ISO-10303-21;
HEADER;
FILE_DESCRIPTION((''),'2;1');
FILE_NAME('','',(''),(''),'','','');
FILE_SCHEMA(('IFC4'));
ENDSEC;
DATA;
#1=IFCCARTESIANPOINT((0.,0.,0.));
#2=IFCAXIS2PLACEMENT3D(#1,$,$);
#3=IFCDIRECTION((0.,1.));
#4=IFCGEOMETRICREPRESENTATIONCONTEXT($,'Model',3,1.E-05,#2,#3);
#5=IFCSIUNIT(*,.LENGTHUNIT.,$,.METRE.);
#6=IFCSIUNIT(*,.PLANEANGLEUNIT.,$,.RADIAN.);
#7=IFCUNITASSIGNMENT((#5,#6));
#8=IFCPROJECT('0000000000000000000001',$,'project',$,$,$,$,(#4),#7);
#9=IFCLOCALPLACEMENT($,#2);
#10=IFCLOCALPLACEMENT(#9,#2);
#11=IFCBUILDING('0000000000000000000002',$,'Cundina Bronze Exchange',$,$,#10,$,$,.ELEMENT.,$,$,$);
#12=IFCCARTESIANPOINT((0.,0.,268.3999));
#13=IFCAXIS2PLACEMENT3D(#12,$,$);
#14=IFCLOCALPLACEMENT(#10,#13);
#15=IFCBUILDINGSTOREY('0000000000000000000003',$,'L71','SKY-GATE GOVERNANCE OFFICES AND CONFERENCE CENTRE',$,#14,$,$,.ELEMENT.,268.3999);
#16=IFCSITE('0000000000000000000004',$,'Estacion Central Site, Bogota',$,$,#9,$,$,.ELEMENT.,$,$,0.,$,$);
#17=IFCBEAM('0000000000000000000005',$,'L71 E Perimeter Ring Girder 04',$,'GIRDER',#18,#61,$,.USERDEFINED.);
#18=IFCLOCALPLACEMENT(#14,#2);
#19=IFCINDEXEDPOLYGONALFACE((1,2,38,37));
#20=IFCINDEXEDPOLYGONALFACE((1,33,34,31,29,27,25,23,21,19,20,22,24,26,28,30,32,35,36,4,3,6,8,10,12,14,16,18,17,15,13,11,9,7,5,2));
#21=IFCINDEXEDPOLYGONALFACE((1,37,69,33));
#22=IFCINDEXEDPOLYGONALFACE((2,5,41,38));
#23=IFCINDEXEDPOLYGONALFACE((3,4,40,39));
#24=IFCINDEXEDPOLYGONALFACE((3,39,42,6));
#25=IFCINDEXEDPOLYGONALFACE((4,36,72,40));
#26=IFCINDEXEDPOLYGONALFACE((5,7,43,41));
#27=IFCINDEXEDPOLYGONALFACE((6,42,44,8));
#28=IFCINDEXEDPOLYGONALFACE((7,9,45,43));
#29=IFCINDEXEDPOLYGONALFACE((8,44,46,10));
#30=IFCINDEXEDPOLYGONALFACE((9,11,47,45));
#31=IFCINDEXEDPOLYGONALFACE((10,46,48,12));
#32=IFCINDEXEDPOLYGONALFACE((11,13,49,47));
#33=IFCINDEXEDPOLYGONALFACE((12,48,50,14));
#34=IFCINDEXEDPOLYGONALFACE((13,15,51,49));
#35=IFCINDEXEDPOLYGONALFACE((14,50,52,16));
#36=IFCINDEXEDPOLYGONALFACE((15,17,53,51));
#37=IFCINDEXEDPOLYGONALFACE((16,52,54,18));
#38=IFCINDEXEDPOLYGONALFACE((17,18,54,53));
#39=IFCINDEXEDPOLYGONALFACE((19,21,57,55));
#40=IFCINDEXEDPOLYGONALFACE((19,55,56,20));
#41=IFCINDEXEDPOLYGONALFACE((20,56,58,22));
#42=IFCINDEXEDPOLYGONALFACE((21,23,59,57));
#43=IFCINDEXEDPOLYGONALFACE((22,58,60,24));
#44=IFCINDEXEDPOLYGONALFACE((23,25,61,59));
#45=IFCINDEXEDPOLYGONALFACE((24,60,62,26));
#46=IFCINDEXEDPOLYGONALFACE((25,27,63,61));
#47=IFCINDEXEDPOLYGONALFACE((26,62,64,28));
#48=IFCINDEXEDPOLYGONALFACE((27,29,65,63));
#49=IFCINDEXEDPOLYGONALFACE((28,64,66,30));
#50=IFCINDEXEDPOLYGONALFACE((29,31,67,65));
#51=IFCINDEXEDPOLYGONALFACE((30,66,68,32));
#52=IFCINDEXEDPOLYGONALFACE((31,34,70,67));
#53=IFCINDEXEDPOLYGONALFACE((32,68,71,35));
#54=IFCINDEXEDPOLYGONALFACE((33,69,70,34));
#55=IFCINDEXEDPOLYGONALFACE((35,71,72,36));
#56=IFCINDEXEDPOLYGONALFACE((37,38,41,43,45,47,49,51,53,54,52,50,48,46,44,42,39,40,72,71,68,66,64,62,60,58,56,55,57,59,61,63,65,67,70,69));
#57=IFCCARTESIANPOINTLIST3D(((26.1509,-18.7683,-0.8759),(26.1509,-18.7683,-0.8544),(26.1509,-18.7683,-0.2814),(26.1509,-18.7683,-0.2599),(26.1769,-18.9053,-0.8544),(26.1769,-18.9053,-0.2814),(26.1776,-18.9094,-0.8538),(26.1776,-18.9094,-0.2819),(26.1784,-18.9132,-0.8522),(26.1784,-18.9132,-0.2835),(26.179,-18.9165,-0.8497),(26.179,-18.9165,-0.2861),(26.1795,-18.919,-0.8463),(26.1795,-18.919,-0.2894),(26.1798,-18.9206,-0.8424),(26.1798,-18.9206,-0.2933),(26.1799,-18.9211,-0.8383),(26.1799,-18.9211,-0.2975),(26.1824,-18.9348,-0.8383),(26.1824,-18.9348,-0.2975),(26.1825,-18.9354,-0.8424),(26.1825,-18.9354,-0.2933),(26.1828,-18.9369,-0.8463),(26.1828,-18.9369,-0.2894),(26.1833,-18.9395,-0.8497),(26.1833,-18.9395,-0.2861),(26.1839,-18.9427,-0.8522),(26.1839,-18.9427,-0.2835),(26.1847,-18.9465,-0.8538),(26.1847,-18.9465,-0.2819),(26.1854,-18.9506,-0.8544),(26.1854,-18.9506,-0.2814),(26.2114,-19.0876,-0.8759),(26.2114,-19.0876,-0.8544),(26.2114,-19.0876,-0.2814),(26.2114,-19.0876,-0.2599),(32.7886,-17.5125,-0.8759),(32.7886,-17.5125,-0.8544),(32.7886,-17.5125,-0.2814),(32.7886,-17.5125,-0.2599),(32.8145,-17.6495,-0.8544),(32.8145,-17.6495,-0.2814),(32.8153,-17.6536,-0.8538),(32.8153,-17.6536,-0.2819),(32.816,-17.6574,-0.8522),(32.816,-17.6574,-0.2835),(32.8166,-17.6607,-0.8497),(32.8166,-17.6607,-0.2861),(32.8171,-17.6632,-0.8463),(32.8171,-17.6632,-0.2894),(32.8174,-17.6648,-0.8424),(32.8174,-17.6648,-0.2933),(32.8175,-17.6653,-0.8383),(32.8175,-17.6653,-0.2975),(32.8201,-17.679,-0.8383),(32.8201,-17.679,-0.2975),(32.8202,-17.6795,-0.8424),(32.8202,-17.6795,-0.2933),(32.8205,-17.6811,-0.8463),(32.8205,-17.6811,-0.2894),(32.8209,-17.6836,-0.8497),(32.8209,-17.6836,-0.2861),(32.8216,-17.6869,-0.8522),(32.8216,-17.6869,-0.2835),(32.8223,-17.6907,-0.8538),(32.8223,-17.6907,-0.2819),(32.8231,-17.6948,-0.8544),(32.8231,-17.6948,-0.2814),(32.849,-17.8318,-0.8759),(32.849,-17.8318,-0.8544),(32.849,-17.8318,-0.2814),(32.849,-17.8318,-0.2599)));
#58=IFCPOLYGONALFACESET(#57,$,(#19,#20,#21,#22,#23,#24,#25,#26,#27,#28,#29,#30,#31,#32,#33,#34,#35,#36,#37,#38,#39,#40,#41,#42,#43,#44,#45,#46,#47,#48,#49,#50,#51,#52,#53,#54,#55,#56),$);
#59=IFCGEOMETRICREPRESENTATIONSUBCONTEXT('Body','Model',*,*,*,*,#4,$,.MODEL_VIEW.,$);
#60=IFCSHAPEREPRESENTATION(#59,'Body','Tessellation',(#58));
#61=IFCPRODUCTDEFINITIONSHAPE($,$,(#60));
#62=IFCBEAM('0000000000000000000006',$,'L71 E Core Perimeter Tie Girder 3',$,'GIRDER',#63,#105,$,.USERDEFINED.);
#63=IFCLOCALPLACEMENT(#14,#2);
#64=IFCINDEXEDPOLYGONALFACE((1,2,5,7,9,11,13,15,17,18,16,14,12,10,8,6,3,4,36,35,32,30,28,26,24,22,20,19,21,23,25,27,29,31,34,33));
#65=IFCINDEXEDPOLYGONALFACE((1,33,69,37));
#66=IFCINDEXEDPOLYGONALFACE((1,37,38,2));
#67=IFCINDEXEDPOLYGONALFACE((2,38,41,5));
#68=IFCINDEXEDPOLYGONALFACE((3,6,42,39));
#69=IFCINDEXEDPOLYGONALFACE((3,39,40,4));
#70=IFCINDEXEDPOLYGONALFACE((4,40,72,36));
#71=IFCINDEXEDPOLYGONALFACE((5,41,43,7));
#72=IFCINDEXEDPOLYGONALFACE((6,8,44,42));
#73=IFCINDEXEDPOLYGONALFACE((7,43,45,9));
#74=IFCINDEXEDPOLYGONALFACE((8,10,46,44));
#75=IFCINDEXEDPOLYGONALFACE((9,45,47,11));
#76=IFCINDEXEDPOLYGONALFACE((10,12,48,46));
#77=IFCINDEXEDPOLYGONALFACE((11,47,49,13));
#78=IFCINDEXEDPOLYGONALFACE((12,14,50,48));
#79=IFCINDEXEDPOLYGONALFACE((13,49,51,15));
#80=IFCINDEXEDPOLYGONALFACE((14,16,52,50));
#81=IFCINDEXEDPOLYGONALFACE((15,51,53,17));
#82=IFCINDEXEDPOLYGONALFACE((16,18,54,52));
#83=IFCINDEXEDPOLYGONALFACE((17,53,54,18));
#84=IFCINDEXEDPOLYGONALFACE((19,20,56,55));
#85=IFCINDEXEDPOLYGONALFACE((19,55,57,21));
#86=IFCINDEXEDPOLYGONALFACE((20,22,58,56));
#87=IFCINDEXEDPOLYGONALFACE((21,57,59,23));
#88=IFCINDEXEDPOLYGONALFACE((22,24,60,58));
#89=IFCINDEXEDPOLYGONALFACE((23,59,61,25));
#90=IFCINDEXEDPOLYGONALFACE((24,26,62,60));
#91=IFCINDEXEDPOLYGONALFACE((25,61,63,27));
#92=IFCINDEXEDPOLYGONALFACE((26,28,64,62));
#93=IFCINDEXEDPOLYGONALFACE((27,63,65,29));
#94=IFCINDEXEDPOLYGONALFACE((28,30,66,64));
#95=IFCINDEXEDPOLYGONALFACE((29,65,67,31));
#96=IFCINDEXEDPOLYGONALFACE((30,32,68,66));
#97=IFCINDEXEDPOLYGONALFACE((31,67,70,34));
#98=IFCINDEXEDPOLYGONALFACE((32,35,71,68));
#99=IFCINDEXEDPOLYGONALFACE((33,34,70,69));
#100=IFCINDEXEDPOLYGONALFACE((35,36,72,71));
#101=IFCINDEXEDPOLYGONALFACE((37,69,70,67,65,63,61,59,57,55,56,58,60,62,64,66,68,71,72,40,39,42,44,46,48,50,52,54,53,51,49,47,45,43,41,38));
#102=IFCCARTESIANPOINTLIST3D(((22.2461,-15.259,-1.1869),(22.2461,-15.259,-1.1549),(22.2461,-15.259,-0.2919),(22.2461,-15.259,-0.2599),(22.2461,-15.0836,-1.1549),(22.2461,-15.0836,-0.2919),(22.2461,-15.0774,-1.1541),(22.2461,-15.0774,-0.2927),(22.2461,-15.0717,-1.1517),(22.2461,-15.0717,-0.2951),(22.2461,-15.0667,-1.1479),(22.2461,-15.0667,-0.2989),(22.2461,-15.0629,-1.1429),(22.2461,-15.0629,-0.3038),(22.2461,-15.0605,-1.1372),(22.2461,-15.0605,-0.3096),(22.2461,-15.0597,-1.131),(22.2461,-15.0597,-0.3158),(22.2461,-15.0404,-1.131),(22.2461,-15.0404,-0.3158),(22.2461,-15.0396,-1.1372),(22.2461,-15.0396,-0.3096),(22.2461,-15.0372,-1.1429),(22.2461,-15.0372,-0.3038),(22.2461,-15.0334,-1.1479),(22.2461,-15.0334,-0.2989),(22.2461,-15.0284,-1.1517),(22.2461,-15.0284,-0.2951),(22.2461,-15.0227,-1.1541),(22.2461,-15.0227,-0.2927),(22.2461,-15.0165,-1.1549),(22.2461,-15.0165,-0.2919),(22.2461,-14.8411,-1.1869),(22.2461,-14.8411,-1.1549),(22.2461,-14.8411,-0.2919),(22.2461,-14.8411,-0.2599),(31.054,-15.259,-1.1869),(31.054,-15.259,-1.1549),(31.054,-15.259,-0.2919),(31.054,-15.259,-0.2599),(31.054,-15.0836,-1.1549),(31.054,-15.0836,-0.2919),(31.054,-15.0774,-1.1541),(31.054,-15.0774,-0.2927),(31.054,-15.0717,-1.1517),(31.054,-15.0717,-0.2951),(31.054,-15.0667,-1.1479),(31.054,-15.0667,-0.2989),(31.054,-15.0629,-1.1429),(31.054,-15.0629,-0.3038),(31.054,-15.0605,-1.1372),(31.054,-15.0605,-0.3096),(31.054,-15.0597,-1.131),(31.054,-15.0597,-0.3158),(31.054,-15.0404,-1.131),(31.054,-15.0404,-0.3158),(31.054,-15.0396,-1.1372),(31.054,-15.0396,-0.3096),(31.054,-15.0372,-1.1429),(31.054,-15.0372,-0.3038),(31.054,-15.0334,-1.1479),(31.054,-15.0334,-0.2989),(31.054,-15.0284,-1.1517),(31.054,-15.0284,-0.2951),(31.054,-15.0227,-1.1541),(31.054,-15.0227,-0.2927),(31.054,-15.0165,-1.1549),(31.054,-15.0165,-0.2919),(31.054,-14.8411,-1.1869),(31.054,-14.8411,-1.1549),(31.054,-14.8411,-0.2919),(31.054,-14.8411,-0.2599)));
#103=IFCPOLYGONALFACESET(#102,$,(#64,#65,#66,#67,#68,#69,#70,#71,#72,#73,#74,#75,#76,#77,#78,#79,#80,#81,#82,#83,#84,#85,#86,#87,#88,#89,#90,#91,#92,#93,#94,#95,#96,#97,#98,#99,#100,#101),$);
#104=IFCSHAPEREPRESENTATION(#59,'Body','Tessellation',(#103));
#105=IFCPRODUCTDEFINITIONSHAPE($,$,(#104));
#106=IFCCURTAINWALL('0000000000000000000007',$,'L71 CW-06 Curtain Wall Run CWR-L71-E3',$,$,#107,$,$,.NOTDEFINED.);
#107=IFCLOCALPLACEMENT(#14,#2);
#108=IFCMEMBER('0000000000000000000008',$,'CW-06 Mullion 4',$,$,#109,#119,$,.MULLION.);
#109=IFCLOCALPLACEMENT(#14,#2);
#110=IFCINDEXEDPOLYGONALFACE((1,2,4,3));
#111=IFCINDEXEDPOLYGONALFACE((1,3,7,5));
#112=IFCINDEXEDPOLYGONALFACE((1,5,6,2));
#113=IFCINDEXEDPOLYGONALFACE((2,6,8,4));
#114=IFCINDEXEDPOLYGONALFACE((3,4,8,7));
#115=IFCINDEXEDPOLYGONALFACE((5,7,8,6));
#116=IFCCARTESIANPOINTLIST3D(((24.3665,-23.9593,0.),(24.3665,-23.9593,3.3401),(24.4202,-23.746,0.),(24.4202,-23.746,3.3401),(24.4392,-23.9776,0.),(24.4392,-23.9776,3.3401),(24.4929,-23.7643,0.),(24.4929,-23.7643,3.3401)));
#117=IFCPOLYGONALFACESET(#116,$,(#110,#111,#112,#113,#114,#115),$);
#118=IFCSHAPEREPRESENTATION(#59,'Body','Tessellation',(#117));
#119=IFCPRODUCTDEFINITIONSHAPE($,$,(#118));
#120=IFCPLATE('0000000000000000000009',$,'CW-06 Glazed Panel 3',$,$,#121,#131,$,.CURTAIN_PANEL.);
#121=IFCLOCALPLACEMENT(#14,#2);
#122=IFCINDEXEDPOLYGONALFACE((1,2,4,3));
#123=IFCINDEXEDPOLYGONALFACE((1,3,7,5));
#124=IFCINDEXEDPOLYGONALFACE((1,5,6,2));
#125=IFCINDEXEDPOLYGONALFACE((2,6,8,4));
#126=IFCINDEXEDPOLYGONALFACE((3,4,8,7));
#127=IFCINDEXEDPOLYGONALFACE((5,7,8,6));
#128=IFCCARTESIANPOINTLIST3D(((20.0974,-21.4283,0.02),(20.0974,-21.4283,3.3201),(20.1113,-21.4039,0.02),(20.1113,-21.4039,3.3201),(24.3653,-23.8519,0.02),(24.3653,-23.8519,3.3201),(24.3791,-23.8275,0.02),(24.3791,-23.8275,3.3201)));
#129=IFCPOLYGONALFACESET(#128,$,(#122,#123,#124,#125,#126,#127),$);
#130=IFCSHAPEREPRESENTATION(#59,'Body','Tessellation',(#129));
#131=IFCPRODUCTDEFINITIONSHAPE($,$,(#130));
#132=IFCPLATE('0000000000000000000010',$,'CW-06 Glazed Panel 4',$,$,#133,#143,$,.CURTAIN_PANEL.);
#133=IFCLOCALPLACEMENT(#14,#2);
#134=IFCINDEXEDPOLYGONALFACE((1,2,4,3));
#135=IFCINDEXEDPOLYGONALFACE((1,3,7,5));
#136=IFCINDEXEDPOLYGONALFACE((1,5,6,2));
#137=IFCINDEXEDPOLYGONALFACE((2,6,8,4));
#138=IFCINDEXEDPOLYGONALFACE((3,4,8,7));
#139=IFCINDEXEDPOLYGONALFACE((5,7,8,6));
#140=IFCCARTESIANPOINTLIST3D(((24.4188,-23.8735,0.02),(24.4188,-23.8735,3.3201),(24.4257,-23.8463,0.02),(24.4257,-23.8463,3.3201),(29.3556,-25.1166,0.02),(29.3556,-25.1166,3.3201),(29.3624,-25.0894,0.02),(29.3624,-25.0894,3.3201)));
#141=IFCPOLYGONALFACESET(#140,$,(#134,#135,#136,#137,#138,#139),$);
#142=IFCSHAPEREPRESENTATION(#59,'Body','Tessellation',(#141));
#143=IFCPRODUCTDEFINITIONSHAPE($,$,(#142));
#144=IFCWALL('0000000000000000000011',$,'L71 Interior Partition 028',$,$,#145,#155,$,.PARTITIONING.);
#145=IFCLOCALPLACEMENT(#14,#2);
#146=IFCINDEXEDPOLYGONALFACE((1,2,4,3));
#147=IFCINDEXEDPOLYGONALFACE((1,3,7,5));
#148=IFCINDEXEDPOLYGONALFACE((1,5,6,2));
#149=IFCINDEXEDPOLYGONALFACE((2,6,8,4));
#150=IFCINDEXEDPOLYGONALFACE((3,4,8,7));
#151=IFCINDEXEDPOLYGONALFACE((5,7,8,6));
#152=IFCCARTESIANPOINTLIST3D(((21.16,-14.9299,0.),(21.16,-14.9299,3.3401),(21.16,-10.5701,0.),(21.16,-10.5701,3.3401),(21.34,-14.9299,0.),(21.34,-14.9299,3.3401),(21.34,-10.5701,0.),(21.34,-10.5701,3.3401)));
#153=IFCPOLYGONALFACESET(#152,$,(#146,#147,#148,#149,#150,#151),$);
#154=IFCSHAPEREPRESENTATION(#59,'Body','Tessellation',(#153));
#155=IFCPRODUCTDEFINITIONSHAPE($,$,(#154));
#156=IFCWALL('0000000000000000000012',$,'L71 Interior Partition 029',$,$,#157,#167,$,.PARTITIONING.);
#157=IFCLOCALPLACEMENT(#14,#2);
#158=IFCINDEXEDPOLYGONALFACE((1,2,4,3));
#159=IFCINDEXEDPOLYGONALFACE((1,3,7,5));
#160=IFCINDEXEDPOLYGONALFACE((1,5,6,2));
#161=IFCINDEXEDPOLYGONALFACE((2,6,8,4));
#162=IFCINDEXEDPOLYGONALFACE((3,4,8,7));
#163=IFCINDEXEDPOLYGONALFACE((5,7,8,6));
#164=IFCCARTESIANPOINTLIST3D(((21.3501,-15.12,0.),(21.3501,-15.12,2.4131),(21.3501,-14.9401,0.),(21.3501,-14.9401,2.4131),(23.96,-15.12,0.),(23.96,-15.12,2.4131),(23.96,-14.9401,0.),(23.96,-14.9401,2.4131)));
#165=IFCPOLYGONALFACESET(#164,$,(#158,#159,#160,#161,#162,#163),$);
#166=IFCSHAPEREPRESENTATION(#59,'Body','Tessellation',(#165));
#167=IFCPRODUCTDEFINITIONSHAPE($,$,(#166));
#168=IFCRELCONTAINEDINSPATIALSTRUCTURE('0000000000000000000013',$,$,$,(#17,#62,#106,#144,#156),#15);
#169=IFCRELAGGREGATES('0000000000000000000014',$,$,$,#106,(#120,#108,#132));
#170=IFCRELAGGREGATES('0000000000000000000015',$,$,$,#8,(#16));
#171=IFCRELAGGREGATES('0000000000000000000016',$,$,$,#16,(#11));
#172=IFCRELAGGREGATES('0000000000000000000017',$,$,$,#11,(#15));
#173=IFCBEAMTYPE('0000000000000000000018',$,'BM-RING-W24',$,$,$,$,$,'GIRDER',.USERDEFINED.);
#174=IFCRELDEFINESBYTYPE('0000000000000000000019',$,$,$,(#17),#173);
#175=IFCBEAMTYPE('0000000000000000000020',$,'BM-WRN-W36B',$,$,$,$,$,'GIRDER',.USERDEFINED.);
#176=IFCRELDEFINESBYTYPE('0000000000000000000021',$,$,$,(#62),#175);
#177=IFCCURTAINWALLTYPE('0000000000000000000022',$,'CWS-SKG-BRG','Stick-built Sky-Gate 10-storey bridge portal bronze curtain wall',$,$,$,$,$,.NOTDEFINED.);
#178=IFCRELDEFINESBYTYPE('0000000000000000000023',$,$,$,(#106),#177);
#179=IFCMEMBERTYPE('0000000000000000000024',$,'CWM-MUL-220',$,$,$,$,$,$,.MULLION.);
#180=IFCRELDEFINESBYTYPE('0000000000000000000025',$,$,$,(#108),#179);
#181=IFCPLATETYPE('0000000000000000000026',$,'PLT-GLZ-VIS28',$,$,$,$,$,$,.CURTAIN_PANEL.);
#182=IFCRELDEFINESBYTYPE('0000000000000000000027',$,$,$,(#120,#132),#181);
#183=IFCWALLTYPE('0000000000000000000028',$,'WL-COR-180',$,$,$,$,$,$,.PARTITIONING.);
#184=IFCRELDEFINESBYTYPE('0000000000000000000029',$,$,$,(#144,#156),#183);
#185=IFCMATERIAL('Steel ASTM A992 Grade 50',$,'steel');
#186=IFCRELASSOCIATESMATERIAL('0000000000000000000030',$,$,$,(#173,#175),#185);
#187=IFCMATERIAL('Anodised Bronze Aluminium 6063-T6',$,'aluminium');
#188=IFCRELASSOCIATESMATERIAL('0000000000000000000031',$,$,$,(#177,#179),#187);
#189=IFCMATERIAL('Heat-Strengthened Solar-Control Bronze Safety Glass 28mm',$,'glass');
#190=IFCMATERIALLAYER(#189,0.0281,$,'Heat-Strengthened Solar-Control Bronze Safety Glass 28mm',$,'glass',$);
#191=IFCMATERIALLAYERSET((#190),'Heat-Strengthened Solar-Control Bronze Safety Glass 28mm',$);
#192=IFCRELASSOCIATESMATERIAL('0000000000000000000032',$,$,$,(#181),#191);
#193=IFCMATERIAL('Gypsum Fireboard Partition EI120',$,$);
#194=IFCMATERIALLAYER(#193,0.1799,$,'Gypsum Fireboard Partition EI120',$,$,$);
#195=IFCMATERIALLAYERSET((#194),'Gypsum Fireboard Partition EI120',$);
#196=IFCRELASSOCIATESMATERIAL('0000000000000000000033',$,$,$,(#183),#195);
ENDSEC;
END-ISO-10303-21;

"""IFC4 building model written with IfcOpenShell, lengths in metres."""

from ifc_helpers import new_model, si_unit, direction, frame, frame_2d, origin, origin_2d, place, context, subcontext, project, spatial, rectangle, i_section, extrude, material, layer, layer_set, material_profile, profile_set, type_object, element, aggregate, save


model = new_model("IFC4")

# Units and contexts
model_context = context("Model", 3, precision=1e-05, world=origin(), true_north=direction((0.0, 1.0)))
body_context = subcontext(model_context, "Body", "Model", "MODEL_VIEW")
ifc_project = project(units=[si_unit("LENGTHUNIT", "METRE"), si_unit("PLANEANGLEUNIT", "RADIAN")], contexts=[model_context])

# Site, building, storey
site_placement = place(None, origin())
site = spatial("IfcSite", under=ifc_project, at=site_placement, Name="Estacion Central Site, Bogota", CompositionType="ELEMENT", RefElevation=0.0)
building_placement = place(site_placement, origin())
building = spatial("IfcBuilding", under=site, at=building_placement, Name="Cundina Bronze Exchange", CompositionType="ELEMENT")
storey_placement = place(building_placement, frame((0.0, 0.0, 268.3999)))
storey = spatial("IfcBuildingStorey", under=building, at=storey_placement, Name="L71", Description="SKY-GATE GOVERNANCE OFFICES AND CONFERENCE CENTRE", CompositionType="ELEMENT", Elevation=268.3999)

# Shared definitions
ifc_material_1 = material(Name="Steel ASTM A992 Grade 50", Category="steel")

# Beams
ifc_material_profile_1 = material_profile(ifc_material_1, i_section(OverallWidth=0.325, OverallDepth=0.616, WebThickness=0.0139, FlangeThickness=0.0215, FilletRadius=0.0161, at=origin_2d()), Name="W24X117", Category="steel")
ifc_profile_set_1 = profile_set([ifc_material_profile_1], Name="Steel ASTM A992 Grade 50")
beam_type_1 = type_object("IfcBeamType", Name="BM-RING-W24", ElementType="GIRDER", PredefinedType="USERDEFINED", material=ifc_profile_set_1)
beam_1_placement = place(storey_placement, frame((26.1812, -18.928, -0.5679), z_axis=(0.982568, 0.185903, 0.0), x_axis=(-0.185903, 0.982568, 0.0)))
element("IfcBeam", 1, at=beam_1_placement, inside=storey, type_object=beam_type_1, Name="L71 E Perimeter Ring Girder 04", ObjectType="GIRDER", PredefinedType="USERDEFINED", context=body_context, shape_type="SweptSolid", body=[
    extrude(i_section(OverallWidth=0.325, OverallDepth=0.616, WebThickness=0.0139, FlangeThickness=0.0215, FilletRadius=0.0161, at=origin_2d()), origin(), (0.0, 0.0, 1.0), 6.7554),
])
ifc_material_profile_2 = material_profile(ifc_material_1, i_section(OverallWidth=0.418, OverallDepth=0.927, WebThickness=0.0193, FlangeThickness=0.032, FilletRadius=0.0239, at=origin_2d()), Name="W36X231", Category="steel")
ifc_profile_set_2 = profile_set([ifc_material_profile_2], Name="Steel ASTM A992 Grade 50")
beam_type_2 = type_object("IfcBeamType", Name="BM-WRN-W36B", ElementType="GIRDER", PredefinedType="USERDEFINED", material=ifc_profile_set_2)
beam_2_placement = place(storey_placement, frame((22.2461, -15.05, -0.7234), z_axis=(1.0, 0.0, 0.0), x_axis=(0.0, 1.0, 0.0)))
element("IfcBeam", 2, at=beam_2_placement, inside=storey, type_object=beam_type_2, Name="L71 E Core Perimeter Tie Girder 3", ObjectType="GIRDER", PredefinedType="USERDEFINED", context=body_context, shape_type="SweptSolid", body=[
    extrude(i_section(OverallWidth=0.418, OverallDepth=0.927, WebThickness=0.0193, FlangeThickness=0.032, FilletRadius=0.0239, at=origin_2d()), origin(), (0.0, 0.0, 1.0), 8.8079),
])

# Curtain wall, member, plates
ifc_material_2 = material(Name="Anodised Bronze Aluminium 6063-T6", Category="aluminium")
curtain_wall_type = type_object("IfcCurtainWallType", Name="CWS-SKG-BRG", Description="Stick-built Sky-Gate 10-storey bridge portal bronze curtain wall", PredefinedType="NOTDEFINED", material=ifc_material_2)
curtain_wall_placement = place(storey_placement, origin())
curtain_wall = element("IfcCurtainWall", 3, at=curtain_wall_placement, inside=storey, type_object=curtain_wall_type, Name="L71 CW-06 Curtain Wall Run CWR-L71-E3", PredefinedType="NOTDEFINED")
ifc_material_profile_3 = material_profile(ifc_material_2, rectangle(XDim=0.075, YDim=0.22, at=origin_2d()), Name="AL75X220", Category="aluminium")
ifc_profile_set_3 = profile_set([ifc_material_profile_3], Name="Anodised Bronze Aluminium 6063-T6")
member_type = type_object("IfcMemberType", Name="CWM-MUL-220", PredefinedType="MULLION", material=ifc_profile_set_3)
member_placement = place(storey_placement, frame((24.4297, -23.8618, 0.0), z_axis=(0.0, 0.0, 1.0), x_axis=(0.969744, -0.244123, 0.0)))
member = element("IfcMember", 4, at=member_placement, type_object=member_type, Name="CW-06 Mullion 4", PredefinedType="MULLION", context=body_context, shape_type="SweptSolid", body=[
    extrude(rectangle(XDim=0.075, YDim=0.22, at=origin_2d()), origin(), (0.0, 0.0, 1.0), 3.3401),
])
ifc_material_3 = material(Name="Heat-Strengthened Solar-Control Bronze Safety Glass 28mm", Category="glass")
ifc_layer_1 = layer(ifc_material_3, 0.0281, Name="Heat-Strengthened Solar-Control Bronze Safety Glass 28mm", Category="glass")
ifc_layer_set_1 = layer_set([ifc_layer_1], Name="Heat-Strengthened Solar-Control Bronze Safety Glass 28mm")
plate_type = type_object("IfcPlateType", Name="PLT-GLZ-VIS28", PredefinedType="CURTAIN_PANEL", material=ifc_layer_set_1)
plate_1_placement = place(storey_placement, frame((22.2383, -22.6279, 0.02), z_axis=(0.0, 0.0, 1.0), x_axis=(0.869573, -0.493805, 0.0)))
plate_1 = element("IfcPlate", 5, at=plate_1_placement, type_object=plate_type, Name="CW-06 Glazed Panel 3", PredefinedType="CURTAIN_PANEL", context=body_context, shape_type="SweptSolid", body=[
    extrude(rectangle(XDim=4.908, YDim=0.0281, at=origin_2d()), origin(), (0.0, 0.0, 1.0), 3.3),
])
plate_2_placement = place(storey_placement, frame((26.8906, -24.4814, 0.02), z_axis=(0.0, 0.0, 1.0), x_axis=(0.969732, -0.244174, 0.0)))
plate_2 = element("IfcPlate", 6, at=plate_2_placement, type_object=plate_type, Name="CW-06 Glazed Panel 4", PredefinedType="CURTAIN_PANEL", context=body_context, shape_type="SweptSolid", body=[
    extrude(rectangle(XDim=5.0908, YDim=0.0281, at=origin_2d()), origin(), (0.0, 0.0, 1.0), 3.3),
])
aggregate(curtain_wall, [plate_1, member, plate_2])

# Walls
ifc_material_4 = material(Name="Gypsum Fireboard Partition EI120")
ifc_layer_2 = layer(ifc_material_4, 0.1799, Name="Gypsum Fireboard Partition EI120")
ifc_layer_set_2 = layer_set([ifc_layer_2], Name="Gypsum Fireboard Partition EI120")
wall_type_1 = type_object("IfcWallType", Name="WL-COR-180", PredefinedType="PARTITIONING", material=ifc_layer_set_2)
wall_1_placement = place(storey_placement, frame((21.25, -14.9299, 0.0), z_axis=(0.0, 0.0, 1.0), x_axis=(0.0, 1.0, 0.0)))
element("IfcWall", 7, at=wall_1_placement, inside=storey, type_object=wall_type_1, Name="L71 Interior Partition 028", PredefinedType="PARTITIONING", context=body_context, shape_type="SweptSolid", body=[
    extrude(rectangle(XDim=4.3599, YDim=0.1799, at=frame_2d((2.1799, 0.0))), origin(), (0.0, 0.0, 1.0), 3.3401),
])
wall_2_placement = place(storey_placement, frame((21.3501, -15.03, 0.0), z_axis=(0.0, 0.0, 1.0), x_axis=(1.0, 0.0, 0.0)))
element("IfcWall", 8, at=wall_2_placement, inside=storey, type_object=wall_type_1, Name="L71 Interior Partition 029", PredefinedType="PARTITIONING", context=body_context, shape_type="SweptSolid", body=[
    extrude(rectangle(XDim=2.6099, YDim=0.1799, at=frame_2d((1.3049, 0.0))), origin(), (0.0, 0.0, 1.0), 2.4131),
])

save(model, "model.ifc")
